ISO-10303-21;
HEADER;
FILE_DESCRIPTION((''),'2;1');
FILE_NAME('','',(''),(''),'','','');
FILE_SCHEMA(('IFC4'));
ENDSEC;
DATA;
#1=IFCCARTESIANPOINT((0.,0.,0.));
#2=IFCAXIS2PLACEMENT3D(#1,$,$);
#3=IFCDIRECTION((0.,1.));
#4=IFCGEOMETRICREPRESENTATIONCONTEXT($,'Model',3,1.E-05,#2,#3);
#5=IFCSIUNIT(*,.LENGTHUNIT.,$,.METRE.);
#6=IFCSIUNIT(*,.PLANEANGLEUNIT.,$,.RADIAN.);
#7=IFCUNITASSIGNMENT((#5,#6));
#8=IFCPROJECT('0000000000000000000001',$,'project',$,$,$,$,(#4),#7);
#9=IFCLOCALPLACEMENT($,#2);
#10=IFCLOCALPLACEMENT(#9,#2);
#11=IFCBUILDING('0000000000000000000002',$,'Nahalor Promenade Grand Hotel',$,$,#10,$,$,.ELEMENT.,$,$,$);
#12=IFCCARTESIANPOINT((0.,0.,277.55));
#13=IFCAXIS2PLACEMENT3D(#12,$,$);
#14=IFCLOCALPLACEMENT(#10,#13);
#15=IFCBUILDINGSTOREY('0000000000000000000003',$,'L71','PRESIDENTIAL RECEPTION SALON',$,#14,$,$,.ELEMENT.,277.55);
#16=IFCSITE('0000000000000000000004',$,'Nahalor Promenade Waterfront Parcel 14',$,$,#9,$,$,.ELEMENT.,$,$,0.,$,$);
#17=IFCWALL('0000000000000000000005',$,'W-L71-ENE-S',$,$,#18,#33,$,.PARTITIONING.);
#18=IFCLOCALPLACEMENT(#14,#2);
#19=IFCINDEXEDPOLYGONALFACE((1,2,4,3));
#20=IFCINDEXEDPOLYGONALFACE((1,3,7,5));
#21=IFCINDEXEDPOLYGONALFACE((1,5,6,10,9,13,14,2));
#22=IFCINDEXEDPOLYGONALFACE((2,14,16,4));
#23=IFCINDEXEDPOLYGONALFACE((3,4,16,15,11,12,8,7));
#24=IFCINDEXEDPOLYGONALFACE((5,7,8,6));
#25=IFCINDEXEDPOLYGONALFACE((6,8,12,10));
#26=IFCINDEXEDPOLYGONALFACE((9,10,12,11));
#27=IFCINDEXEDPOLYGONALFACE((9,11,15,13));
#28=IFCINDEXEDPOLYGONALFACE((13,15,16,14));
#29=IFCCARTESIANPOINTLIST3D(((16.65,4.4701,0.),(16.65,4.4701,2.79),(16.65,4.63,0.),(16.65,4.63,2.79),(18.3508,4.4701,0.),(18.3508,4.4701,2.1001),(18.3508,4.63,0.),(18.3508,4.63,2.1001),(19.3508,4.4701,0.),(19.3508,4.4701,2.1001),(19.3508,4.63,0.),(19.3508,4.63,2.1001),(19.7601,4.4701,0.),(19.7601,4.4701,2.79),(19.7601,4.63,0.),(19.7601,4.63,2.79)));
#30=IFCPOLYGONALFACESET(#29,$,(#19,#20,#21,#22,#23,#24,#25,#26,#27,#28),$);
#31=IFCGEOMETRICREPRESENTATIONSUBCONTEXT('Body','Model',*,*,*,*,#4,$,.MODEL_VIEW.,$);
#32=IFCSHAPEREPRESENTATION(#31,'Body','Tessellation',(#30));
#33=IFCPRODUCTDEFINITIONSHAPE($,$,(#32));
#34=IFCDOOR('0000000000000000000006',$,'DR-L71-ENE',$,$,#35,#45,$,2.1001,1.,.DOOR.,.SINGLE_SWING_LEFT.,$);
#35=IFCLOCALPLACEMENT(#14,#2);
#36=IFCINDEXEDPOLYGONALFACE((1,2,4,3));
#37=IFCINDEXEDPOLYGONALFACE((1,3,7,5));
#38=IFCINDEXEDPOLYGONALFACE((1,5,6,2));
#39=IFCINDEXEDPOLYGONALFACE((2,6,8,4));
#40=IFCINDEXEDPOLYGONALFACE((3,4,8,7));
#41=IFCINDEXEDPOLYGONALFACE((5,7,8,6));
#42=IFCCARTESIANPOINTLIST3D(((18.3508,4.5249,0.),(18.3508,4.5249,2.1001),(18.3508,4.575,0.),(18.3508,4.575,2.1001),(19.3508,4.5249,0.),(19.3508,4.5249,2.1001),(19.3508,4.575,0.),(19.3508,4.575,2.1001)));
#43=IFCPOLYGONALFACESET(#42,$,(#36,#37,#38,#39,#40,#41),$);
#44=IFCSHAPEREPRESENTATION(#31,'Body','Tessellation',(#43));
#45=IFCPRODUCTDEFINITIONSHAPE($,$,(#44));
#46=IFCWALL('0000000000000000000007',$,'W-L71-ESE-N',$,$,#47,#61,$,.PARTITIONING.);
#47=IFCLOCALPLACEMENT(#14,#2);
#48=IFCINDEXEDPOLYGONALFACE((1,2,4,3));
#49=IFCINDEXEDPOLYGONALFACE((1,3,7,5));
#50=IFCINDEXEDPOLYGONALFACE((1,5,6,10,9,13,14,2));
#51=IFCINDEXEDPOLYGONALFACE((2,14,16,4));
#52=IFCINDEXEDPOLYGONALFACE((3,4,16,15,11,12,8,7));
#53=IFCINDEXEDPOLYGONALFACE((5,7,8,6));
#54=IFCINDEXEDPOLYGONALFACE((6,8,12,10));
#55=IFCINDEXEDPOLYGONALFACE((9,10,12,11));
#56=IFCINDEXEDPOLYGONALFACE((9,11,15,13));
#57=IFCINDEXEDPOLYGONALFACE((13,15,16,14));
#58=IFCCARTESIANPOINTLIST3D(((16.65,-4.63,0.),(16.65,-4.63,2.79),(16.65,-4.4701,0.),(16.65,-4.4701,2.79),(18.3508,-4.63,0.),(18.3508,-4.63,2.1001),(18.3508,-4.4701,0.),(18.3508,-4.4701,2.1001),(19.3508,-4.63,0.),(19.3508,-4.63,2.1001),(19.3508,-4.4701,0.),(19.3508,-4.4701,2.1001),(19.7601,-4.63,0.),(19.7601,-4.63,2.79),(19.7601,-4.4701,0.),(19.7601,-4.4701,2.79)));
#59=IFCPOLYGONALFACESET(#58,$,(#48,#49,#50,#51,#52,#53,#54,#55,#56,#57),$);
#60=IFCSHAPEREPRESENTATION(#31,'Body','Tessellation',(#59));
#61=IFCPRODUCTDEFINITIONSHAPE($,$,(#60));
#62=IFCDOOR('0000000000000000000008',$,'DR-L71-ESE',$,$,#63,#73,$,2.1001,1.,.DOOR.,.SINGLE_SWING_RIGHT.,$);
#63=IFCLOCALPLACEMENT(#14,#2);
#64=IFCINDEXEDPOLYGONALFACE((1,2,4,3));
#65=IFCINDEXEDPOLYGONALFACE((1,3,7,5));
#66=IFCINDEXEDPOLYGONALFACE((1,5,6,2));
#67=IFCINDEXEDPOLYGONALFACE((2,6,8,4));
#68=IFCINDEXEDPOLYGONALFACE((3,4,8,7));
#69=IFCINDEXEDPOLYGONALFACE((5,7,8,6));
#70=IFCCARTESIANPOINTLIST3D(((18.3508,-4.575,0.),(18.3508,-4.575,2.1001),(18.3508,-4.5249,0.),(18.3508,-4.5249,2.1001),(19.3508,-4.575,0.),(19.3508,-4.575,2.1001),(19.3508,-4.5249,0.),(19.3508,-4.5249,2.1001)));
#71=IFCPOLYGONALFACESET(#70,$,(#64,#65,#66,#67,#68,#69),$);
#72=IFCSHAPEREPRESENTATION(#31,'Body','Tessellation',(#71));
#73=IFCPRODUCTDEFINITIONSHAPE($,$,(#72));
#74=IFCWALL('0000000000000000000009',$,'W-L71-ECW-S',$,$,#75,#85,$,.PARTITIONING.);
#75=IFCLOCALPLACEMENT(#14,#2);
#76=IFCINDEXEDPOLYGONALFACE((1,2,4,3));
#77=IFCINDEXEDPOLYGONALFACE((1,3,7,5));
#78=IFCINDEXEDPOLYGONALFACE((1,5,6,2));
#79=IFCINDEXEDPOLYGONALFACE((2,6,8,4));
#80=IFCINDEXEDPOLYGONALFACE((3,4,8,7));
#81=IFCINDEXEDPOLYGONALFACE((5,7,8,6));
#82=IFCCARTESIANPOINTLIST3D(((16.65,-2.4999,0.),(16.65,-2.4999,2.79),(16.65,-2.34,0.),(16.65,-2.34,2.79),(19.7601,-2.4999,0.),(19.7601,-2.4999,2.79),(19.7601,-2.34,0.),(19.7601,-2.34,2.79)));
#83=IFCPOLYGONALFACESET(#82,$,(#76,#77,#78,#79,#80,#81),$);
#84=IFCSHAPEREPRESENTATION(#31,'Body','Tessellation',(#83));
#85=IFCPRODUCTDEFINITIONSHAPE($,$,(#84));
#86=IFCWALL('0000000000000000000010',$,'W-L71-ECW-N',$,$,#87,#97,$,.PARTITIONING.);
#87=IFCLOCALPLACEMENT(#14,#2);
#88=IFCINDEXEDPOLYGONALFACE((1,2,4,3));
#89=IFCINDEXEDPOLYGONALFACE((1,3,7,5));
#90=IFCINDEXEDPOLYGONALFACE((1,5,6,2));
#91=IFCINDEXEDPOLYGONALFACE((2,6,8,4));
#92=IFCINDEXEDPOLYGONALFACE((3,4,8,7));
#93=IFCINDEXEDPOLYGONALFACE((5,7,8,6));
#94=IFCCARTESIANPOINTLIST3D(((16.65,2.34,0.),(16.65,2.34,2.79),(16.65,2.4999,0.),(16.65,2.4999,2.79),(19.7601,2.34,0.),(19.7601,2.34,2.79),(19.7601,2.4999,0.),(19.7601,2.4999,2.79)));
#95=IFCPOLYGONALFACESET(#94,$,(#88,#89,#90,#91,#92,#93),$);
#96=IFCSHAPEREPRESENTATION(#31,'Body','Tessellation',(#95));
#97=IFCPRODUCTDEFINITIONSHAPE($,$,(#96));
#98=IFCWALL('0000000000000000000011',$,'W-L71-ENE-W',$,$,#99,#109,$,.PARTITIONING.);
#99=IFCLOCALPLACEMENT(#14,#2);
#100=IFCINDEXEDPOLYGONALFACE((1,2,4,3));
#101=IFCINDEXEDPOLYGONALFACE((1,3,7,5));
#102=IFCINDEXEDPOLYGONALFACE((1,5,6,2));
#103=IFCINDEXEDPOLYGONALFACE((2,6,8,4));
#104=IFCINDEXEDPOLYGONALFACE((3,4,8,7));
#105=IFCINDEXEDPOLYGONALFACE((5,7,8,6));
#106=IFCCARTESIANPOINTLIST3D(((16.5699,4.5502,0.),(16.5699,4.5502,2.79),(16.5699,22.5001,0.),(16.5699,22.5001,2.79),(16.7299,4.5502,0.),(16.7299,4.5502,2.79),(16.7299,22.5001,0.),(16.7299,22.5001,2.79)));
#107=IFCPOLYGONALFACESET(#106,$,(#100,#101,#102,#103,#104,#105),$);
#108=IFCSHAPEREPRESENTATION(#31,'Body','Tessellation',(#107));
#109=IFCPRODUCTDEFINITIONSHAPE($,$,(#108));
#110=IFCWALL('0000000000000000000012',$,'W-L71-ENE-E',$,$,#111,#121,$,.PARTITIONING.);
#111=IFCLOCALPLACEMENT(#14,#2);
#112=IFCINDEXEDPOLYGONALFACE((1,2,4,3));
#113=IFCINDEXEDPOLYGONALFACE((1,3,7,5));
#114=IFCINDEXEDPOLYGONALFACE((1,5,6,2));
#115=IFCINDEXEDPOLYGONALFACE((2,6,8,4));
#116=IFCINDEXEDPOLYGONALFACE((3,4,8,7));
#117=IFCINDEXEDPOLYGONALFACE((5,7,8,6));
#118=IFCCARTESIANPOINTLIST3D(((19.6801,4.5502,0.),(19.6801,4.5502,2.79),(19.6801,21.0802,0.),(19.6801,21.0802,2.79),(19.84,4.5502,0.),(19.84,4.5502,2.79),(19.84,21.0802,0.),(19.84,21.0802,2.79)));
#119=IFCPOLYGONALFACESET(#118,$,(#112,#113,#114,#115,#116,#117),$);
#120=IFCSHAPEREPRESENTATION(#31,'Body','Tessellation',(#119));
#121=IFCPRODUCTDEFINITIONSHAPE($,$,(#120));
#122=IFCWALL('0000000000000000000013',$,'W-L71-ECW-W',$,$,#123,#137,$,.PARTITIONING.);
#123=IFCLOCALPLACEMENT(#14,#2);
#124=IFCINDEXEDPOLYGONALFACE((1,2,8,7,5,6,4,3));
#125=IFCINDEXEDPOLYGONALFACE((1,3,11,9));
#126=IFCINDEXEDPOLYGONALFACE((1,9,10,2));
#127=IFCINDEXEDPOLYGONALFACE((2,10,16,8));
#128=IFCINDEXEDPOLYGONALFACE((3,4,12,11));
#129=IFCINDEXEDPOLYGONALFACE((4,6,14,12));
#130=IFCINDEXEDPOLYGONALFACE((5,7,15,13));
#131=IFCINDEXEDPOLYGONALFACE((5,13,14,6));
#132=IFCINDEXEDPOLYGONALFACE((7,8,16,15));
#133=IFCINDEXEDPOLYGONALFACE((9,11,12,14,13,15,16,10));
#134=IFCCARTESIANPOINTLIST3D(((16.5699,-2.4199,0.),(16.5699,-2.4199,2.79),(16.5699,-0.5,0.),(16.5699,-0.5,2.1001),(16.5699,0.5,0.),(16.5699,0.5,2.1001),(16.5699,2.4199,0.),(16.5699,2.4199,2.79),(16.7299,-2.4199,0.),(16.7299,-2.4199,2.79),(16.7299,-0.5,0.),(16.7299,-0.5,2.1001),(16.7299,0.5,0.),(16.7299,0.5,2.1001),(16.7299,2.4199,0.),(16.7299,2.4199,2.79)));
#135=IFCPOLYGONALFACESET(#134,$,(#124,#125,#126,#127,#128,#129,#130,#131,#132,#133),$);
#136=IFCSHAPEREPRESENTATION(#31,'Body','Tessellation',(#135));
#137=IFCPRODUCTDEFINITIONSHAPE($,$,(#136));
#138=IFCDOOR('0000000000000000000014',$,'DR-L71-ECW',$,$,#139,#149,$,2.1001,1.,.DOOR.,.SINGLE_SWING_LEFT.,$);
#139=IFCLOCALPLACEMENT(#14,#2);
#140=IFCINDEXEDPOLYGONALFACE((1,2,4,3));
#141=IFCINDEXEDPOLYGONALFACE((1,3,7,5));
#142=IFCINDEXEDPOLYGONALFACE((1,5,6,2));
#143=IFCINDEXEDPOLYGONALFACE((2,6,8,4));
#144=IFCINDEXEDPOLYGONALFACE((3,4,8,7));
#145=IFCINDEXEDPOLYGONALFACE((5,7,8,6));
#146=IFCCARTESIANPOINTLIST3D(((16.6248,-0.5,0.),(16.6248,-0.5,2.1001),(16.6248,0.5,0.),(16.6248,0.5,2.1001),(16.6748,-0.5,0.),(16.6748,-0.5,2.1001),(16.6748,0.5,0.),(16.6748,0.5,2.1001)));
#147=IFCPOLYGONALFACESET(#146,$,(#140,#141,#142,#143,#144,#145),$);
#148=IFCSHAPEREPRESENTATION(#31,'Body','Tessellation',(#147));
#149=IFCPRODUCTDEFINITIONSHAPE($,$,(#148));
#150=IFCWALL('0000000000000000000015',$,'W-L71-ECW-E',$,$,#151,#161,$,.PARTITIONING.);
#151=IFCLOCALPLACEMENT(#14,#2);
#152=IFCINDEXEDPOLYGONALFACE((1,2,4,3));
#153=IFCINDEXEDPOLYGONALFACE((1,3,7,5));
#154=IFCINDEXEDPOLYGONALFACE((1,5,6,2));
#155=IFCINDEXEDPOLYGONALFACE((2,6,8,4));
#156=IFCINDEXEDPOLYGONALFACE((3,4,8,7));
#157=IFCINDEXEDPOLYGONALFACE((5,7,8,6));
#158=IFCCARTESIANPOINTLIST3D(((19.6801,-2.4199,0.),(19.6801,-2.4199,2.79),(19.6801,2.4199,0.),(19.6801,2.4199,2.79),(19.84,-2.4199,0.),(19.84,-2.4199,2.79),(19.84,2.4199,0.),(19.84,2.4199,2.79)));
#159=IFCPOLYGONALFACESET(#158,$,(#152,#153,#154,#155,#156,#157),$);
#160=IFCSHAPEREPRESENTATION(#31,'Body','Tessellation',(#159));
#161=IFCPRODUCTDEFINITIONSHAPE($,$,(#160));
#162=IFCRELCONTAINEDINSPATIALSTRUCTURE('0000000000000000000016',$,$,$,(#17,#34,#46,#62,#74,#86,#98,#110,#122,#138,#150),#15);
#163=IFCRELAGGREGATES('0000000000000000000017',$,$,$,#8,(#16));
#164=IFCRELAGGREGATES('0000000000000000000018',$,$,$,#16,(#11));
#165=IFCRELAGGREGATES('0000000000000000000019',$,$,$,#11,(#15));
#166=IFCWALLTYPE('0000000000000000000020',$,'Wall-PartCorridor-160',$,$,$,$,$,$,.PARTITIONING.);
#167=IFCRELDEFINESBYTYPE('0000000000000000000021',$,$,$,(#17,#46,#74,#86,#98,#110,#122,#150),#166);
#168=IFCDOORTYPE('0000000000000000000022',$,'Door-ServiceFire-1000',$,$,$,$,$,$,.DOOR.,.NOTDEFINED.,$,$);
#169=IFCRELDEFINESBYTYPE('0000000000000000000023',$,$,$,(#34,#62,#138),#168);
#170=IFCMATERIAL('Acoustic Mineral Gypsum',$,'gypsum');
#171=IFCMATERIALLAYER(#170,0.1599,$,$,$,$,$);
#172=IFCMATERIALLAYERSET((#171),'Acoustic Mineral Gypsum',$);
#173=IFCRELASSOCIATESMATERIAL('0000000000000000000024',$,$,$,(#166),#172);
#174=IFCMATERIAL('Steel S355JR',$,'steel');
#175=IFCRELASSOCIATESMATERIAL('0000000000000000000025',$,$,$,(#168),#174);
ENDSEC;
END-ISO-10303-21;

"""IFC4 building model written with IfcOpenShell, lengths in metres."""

from ifc_helpers import new_model, si_unit, direction, frame, frame_2d, origin, place, context, subcontext, project, spatial, rectangle, extrude, source, transform, mapped, material, layer, layer_set, type_object, element, fill, save


model = new_model("IFC4")

# Units and contexts
model_context = context("Model", 3, precision=1e-05, world=origin(), true_north=direction((0.0, 1.0)))
body_context = subcontext(model_context, "Body", "Model", "MODEL_VIEW")
ifc_project = project(units=[si_unit("LENGTHUNIT", "METRE"), si_unit("PLANEANGLEUNIT", "RADIAN")], contexts=[model_context])

# Site, building, storey
site_placement = place(None, origin())
site = spatial("IfcSite", under=ifc_project, at=site_placement, Name="Nahalor Promenade Waterfront Parcel 14", CompositionType="ELEMENT", RefElevation=0.0)
building_placement = place(site_placement, origin())
building = spatial("IfcBuilding", under=site, at=building_placement, Name="Nahalor Promenade Grand Hotel", CompositionType="ELEMENT")
storey_placement = place(building_placement, frame((0.0, 0.0, 277.55)))
storey = spatial("IfcBuildingStorey", under=building, at=storey_placement, Name="L71", Description="PRESIDENTIAL RECEPTION SALON", CompositionType="ELEMENT", Elevation=277.55)

# Shared definitions
ifc_material_1 = material(Name="Steel S355JR", Category="steel")

# Shared definitions
ifc_material_2 = material(Name="Acoustic Mineral Gypsum", Category="gypsum")
ifc_layer_1 = layer(ifc_material_2, 0.1599)
ifc_layer_set_1 = layer_set([ifc_layer_1], Name="Acoustic Mineral Gypsum")
wall_type_1 = type_object("IfcWallType", Name="Wall-PartCorridor-160", PredefinedType="PARTITIONING", material=ifc_layer_set_1)

# Walls, openings, doors
shared_shape_1 = source(origin(), body_context, "Body", "SweptSolid", [
    extrude(rectangle(XDim=3.1101, YDim=0.1599, at=frame_2d((1.5552, 0.0))), origin(), (0.0, 0.0, 1.0), 2.79),
])
wall_1_placement = place(storey_placement, frame((16.6499, 4.55, 0.0), z_axis=(0.0, 0.0, 1.0), x_axis=(1.0, 0.0, 0.0)))
wall_1 = element("IfcWall", 1, at=wall_1_placement, inside=storey, type_object=wall_type_1, Name="W-L71-ENE-S", PredefinedType="PARTITIONING", context=body_context, shape_type="MappedRepresentation", body=[
    mapped(shared_shape_1, transform((0.0, 0.0, 0.0), scale=1.0)),
])
opening_1_placement = place(wall_1_placement, frame((1.7009, 0.0, 0.0)))
opening_1 = element("IfcOpeningElement", 2, at=opening_1_placement, cuts=wall_1, PredefinedType="OPENING", context=body_context, shape_type="SweptSolid", body=[
    extrude(rectangle(XDim=1.0, YDim=2.1001, at=frame_2d((0.5, 1.05))), frame((0.0, 0.0898, 0.0), z_axis=(0.0, -1.0, 0.0), x_axis=(1.0, 0.0, 0.0)), (0.0, 0.0, 1.0), 0.1799),
])
door_type_1 = type_object("IfcDoorType", Name="Door-ServiceFire-1000", OperationType="NOTDEFINED", PredefinedType="DOOR", material=ifc_material_1)
shared_shape_2 = source(origin(), body_context, "Body", "SweptSolid", [
    extrude(rectangle(XDim=1.0, YDim=2.1001, at=frame_2d((0.5, 1.05))), frame((0.0, 0.0249, 0.0), z_axis=(0.0, -1.0, 0.0), x_axis=(1.0, 0.0, 0.0)), (0.0, 0.0, 1.0), 0.05),
])
door_1_placement = place(opening_1_placement, origin())
door_1 = element("IfcDoor", 3, at=door_1_placement, inside=storey, type_object=door_type_1, Name="DR-L71-ENE", OperationType="SINGLE_SWING_LEFT", OverallHeight=2.1001, OverallWidth=1.0, PredefinedType="DOOR", context=body_context, shape_type="MappedRepresentation", body=[
    mapped(shared_shape_2, transform((0.0, 0.0, 0.0), scale=1.0)),
])
fill(opening_1, door_1)
wall_2_placement = place(storey_placement, frame((16.6499, -4.55, 0.0), z_axis=(0.0, 0.0, 1.0), x_axis=(1.0, 0.0, 0.0)))
wall_2 = element("IfcWall", 4, at=wall_2_placement, inside=storey, type_object=wall_type_1, Name="W-L71-ESE-N", PredefinedType="PARTITIONING", context=body_context, shape_type="MappedRepresentation", body=[
    mapped(shared_shape_1, transform((0.0, 0.0, 0.0), scale=1.0)),
])
opening_2_placement = place(wall_2_placement, frame((1.7009, 0.0, 0.0)))
opening_2 = element("IfcOpeningElement", 5, at=opening_2_placement, cuts=wall_2, PredefinedType="OPENING", context=body_context, shape_type="SweptSolid", body=[
    extrude(rectangle(XDim=1.0, YDim=2.1001, at=frame_2d((0.5, 1.05))), frame((0.0, 0.0898, 0.0), z_axis=(0.0, -1.0, 0.0), x_axis=(1.0, 0.0, 0.0)), (0.0, 0.0, 1.0), 0.1799),
])
door_2_placement = place(opening_2_placement, frame((1.0, 0.0, 0.0), z_axis=(0.0, 0.0, 1.0), x_axis=(-1.0, 0.0, 0.0)))
door_2 = element("IfcDoor", 6, at=door_2_placement, inside=storey, type_object=door_type_1, Name="DR-L71-ESE", OperationType="SINGLE_SWING_RIGHT", OverallHeight=2.1001, OverallWidth=1.0, PredefinedType="DOOR", context=body_context, shape_type="MappedRepresentation", body=[
    mapped(shared_shape_2, transform((0.0, 0.0, 0.0), scale=1.0)),
])
fill(opening_2, door_2)

# Walls
for number, where, z_axis, x_axis, name in (
    (7, (16.6499, -2.4199, 0.0), (0.0, 0.0, 1.0), (1.0, 0.0, 0.0), "W-L71-ECW-S"),
    (8, (16.6499, 2.4199, 0.0), (0.0, 0.0, 1.0), (1.0, 0.0, 0.0), "W-L71-ECW-N"),
):
    element("IfcWall", number, at=place(storey_placement, frame(where, z_axis=z_axis, x_axis=x_axis)), inside=storey, type_object=wall_type_1, Name=name, PredefinedType="PARTITIONING", context=body_context, shape_type="MappedRepresentation", body=[
        mapped(shared_shape_1, transform((0.0, 0.0, 0.0), scale=1.0)),
    ])
shared_shape_3 = source(origin(), body_context, "Body", "SweptSolid", [
    extrude(rectangle(XDim=17.95, YDim=0.1599, at=frame_2d((8.9751, 0.0))), origin(), (0.0, 0.0, 1.0), 2.79),
])
wall_3_placement = place(storey_placement, frame((16.6499, 4.55, 0.0), z_axis=(0.0, 0.0, 1.0), x_axis=(0.0, 1.0, 0.0)))
element("IfcWall", 9, at=wall_3_placement, inside=storey, type_object=wall_type_1, Name="W-L71-ENE-W", PredefinedType="PARTITIONING", context=body_context, shape_type="MappedRepresentation", body=[
    mapped(shared_shape_3, transform((0.0, 0.0, 0.0), scale=1.0)),
])
shared_shape_4 = source(origin(), body_context, "Body", "SweptSolid", [
    extrude(rectangle(XDim=16.53, YDim=0.1599, at=frame_2d((8.2651, 0.0))), origin(), (0.0, 0.0, 1.0), 2.79),
])
wall_4_placement = place(storey_placement, frame((19.76, 4.55, 0.0), z_axis=(0.0, 0.0, 1.0), x_axis=(0.0, 1.0, 0.0)))
element("IfcWall", 10, at=wall_4_placement, inside=storey, type_object=wall_type_1, Name="W-L71-ENE-E", PredefinedType="PARTITIONING", context=body_context, shape_type="MappedRepresentation", body=[
    mapped(shared_shape_4, transform((0.0, 0.0, 0.0), scale=1.0)),
])

# Wall, opening, door
shared_shape_5 = source(origin(), body_context, "Body", "SweptSolid", [
    extrude(rectangle(XDim=4.8398, YDim=0.1599, at=frame_2d((2.4199, 0.0))), origin(), (0.0, 0.0, 1.0), 2.79),
])
wall_5_placement = place(storey_placement, frame((16.6499, -2.4199, 0.0), z_axis=(0.0, 0.0, 1.0), x_axis=(0.0, 1.0, 0.0)))
wall_5 = element("IfcWall", 11, at=wall_5_placement, inside=storey, type_object=wall_type_1, Name="W-L71-ECW-W", PredefinedType="PARTITIONING", context=body_context, shape_type="MappedRepresentation", body=[
    mapped(shared_shape_5, transform((0.0, 0.0, 0.0), scale=1.0)),
])
opening_3_placement = place(wall_5_placement, frame((1.9199, 0.0, 0.0)))
opening_3 = element("IfcOpeningElement", 12, at=opening_3_placement, cuts=wall_5, PredefinedType="OPENING", context=body_context, shape_type="SweptSolid", body=[
    extrude(rectangle(XDim=1.0, YDim=2.1001, at=frame_2d((0.5, 1.05))), frame((0.0, 0.0898, 0.0), z_axis=(0.0, -1.0, 0.0), x_axis=(1.0, 0.0, 0.0)), (0.0, 0.0, 1.0), 0.1799),
])
door_3_placement = place(opening_3_placement, frame((1.0, 0.0, 0.0), z_axis=(0.0, 0.0, 1.0), x_axis=(-1.0, 0.0, 0.0)))
door_3 = element("IfcDoor", 13, at=door_3_placement, inside=storey, type_object=door_type_1, Name="DR-L71-ECW", OperationType="SINGLE_SWING_LEFT", OverallHeight=2.1001, OverallWidth=1.0, PredefinedType="DOOR", context=body_context, shape_type="MappedRepresentation", body=[
    mapped(shared_shape_2, transform((0.0, 0.0, 0.0), scale=1.0)),
])
fill(opening_3, door_3)

# Wall
wall_6_placement = place(storey_placement, frame((19.76, -2.4199, 0.0), z_axis=(0.0, 0.0, 1.0), x_axis=(0.0, 1.0, 0.0)))
element("IfcWall", 14, at=wall_6_placement, inside=storey, type_object=wall_type_1, Name="W-L71-ECW-E", PredefinedType="PARTITIONING", context=body_context, shape_type="MappedRepresentation", body=[
    mapped(shared_shape_5, transform((0.0, 0.0, 0.0), scale=1.0)),
])

save(model, "model.ifc")
